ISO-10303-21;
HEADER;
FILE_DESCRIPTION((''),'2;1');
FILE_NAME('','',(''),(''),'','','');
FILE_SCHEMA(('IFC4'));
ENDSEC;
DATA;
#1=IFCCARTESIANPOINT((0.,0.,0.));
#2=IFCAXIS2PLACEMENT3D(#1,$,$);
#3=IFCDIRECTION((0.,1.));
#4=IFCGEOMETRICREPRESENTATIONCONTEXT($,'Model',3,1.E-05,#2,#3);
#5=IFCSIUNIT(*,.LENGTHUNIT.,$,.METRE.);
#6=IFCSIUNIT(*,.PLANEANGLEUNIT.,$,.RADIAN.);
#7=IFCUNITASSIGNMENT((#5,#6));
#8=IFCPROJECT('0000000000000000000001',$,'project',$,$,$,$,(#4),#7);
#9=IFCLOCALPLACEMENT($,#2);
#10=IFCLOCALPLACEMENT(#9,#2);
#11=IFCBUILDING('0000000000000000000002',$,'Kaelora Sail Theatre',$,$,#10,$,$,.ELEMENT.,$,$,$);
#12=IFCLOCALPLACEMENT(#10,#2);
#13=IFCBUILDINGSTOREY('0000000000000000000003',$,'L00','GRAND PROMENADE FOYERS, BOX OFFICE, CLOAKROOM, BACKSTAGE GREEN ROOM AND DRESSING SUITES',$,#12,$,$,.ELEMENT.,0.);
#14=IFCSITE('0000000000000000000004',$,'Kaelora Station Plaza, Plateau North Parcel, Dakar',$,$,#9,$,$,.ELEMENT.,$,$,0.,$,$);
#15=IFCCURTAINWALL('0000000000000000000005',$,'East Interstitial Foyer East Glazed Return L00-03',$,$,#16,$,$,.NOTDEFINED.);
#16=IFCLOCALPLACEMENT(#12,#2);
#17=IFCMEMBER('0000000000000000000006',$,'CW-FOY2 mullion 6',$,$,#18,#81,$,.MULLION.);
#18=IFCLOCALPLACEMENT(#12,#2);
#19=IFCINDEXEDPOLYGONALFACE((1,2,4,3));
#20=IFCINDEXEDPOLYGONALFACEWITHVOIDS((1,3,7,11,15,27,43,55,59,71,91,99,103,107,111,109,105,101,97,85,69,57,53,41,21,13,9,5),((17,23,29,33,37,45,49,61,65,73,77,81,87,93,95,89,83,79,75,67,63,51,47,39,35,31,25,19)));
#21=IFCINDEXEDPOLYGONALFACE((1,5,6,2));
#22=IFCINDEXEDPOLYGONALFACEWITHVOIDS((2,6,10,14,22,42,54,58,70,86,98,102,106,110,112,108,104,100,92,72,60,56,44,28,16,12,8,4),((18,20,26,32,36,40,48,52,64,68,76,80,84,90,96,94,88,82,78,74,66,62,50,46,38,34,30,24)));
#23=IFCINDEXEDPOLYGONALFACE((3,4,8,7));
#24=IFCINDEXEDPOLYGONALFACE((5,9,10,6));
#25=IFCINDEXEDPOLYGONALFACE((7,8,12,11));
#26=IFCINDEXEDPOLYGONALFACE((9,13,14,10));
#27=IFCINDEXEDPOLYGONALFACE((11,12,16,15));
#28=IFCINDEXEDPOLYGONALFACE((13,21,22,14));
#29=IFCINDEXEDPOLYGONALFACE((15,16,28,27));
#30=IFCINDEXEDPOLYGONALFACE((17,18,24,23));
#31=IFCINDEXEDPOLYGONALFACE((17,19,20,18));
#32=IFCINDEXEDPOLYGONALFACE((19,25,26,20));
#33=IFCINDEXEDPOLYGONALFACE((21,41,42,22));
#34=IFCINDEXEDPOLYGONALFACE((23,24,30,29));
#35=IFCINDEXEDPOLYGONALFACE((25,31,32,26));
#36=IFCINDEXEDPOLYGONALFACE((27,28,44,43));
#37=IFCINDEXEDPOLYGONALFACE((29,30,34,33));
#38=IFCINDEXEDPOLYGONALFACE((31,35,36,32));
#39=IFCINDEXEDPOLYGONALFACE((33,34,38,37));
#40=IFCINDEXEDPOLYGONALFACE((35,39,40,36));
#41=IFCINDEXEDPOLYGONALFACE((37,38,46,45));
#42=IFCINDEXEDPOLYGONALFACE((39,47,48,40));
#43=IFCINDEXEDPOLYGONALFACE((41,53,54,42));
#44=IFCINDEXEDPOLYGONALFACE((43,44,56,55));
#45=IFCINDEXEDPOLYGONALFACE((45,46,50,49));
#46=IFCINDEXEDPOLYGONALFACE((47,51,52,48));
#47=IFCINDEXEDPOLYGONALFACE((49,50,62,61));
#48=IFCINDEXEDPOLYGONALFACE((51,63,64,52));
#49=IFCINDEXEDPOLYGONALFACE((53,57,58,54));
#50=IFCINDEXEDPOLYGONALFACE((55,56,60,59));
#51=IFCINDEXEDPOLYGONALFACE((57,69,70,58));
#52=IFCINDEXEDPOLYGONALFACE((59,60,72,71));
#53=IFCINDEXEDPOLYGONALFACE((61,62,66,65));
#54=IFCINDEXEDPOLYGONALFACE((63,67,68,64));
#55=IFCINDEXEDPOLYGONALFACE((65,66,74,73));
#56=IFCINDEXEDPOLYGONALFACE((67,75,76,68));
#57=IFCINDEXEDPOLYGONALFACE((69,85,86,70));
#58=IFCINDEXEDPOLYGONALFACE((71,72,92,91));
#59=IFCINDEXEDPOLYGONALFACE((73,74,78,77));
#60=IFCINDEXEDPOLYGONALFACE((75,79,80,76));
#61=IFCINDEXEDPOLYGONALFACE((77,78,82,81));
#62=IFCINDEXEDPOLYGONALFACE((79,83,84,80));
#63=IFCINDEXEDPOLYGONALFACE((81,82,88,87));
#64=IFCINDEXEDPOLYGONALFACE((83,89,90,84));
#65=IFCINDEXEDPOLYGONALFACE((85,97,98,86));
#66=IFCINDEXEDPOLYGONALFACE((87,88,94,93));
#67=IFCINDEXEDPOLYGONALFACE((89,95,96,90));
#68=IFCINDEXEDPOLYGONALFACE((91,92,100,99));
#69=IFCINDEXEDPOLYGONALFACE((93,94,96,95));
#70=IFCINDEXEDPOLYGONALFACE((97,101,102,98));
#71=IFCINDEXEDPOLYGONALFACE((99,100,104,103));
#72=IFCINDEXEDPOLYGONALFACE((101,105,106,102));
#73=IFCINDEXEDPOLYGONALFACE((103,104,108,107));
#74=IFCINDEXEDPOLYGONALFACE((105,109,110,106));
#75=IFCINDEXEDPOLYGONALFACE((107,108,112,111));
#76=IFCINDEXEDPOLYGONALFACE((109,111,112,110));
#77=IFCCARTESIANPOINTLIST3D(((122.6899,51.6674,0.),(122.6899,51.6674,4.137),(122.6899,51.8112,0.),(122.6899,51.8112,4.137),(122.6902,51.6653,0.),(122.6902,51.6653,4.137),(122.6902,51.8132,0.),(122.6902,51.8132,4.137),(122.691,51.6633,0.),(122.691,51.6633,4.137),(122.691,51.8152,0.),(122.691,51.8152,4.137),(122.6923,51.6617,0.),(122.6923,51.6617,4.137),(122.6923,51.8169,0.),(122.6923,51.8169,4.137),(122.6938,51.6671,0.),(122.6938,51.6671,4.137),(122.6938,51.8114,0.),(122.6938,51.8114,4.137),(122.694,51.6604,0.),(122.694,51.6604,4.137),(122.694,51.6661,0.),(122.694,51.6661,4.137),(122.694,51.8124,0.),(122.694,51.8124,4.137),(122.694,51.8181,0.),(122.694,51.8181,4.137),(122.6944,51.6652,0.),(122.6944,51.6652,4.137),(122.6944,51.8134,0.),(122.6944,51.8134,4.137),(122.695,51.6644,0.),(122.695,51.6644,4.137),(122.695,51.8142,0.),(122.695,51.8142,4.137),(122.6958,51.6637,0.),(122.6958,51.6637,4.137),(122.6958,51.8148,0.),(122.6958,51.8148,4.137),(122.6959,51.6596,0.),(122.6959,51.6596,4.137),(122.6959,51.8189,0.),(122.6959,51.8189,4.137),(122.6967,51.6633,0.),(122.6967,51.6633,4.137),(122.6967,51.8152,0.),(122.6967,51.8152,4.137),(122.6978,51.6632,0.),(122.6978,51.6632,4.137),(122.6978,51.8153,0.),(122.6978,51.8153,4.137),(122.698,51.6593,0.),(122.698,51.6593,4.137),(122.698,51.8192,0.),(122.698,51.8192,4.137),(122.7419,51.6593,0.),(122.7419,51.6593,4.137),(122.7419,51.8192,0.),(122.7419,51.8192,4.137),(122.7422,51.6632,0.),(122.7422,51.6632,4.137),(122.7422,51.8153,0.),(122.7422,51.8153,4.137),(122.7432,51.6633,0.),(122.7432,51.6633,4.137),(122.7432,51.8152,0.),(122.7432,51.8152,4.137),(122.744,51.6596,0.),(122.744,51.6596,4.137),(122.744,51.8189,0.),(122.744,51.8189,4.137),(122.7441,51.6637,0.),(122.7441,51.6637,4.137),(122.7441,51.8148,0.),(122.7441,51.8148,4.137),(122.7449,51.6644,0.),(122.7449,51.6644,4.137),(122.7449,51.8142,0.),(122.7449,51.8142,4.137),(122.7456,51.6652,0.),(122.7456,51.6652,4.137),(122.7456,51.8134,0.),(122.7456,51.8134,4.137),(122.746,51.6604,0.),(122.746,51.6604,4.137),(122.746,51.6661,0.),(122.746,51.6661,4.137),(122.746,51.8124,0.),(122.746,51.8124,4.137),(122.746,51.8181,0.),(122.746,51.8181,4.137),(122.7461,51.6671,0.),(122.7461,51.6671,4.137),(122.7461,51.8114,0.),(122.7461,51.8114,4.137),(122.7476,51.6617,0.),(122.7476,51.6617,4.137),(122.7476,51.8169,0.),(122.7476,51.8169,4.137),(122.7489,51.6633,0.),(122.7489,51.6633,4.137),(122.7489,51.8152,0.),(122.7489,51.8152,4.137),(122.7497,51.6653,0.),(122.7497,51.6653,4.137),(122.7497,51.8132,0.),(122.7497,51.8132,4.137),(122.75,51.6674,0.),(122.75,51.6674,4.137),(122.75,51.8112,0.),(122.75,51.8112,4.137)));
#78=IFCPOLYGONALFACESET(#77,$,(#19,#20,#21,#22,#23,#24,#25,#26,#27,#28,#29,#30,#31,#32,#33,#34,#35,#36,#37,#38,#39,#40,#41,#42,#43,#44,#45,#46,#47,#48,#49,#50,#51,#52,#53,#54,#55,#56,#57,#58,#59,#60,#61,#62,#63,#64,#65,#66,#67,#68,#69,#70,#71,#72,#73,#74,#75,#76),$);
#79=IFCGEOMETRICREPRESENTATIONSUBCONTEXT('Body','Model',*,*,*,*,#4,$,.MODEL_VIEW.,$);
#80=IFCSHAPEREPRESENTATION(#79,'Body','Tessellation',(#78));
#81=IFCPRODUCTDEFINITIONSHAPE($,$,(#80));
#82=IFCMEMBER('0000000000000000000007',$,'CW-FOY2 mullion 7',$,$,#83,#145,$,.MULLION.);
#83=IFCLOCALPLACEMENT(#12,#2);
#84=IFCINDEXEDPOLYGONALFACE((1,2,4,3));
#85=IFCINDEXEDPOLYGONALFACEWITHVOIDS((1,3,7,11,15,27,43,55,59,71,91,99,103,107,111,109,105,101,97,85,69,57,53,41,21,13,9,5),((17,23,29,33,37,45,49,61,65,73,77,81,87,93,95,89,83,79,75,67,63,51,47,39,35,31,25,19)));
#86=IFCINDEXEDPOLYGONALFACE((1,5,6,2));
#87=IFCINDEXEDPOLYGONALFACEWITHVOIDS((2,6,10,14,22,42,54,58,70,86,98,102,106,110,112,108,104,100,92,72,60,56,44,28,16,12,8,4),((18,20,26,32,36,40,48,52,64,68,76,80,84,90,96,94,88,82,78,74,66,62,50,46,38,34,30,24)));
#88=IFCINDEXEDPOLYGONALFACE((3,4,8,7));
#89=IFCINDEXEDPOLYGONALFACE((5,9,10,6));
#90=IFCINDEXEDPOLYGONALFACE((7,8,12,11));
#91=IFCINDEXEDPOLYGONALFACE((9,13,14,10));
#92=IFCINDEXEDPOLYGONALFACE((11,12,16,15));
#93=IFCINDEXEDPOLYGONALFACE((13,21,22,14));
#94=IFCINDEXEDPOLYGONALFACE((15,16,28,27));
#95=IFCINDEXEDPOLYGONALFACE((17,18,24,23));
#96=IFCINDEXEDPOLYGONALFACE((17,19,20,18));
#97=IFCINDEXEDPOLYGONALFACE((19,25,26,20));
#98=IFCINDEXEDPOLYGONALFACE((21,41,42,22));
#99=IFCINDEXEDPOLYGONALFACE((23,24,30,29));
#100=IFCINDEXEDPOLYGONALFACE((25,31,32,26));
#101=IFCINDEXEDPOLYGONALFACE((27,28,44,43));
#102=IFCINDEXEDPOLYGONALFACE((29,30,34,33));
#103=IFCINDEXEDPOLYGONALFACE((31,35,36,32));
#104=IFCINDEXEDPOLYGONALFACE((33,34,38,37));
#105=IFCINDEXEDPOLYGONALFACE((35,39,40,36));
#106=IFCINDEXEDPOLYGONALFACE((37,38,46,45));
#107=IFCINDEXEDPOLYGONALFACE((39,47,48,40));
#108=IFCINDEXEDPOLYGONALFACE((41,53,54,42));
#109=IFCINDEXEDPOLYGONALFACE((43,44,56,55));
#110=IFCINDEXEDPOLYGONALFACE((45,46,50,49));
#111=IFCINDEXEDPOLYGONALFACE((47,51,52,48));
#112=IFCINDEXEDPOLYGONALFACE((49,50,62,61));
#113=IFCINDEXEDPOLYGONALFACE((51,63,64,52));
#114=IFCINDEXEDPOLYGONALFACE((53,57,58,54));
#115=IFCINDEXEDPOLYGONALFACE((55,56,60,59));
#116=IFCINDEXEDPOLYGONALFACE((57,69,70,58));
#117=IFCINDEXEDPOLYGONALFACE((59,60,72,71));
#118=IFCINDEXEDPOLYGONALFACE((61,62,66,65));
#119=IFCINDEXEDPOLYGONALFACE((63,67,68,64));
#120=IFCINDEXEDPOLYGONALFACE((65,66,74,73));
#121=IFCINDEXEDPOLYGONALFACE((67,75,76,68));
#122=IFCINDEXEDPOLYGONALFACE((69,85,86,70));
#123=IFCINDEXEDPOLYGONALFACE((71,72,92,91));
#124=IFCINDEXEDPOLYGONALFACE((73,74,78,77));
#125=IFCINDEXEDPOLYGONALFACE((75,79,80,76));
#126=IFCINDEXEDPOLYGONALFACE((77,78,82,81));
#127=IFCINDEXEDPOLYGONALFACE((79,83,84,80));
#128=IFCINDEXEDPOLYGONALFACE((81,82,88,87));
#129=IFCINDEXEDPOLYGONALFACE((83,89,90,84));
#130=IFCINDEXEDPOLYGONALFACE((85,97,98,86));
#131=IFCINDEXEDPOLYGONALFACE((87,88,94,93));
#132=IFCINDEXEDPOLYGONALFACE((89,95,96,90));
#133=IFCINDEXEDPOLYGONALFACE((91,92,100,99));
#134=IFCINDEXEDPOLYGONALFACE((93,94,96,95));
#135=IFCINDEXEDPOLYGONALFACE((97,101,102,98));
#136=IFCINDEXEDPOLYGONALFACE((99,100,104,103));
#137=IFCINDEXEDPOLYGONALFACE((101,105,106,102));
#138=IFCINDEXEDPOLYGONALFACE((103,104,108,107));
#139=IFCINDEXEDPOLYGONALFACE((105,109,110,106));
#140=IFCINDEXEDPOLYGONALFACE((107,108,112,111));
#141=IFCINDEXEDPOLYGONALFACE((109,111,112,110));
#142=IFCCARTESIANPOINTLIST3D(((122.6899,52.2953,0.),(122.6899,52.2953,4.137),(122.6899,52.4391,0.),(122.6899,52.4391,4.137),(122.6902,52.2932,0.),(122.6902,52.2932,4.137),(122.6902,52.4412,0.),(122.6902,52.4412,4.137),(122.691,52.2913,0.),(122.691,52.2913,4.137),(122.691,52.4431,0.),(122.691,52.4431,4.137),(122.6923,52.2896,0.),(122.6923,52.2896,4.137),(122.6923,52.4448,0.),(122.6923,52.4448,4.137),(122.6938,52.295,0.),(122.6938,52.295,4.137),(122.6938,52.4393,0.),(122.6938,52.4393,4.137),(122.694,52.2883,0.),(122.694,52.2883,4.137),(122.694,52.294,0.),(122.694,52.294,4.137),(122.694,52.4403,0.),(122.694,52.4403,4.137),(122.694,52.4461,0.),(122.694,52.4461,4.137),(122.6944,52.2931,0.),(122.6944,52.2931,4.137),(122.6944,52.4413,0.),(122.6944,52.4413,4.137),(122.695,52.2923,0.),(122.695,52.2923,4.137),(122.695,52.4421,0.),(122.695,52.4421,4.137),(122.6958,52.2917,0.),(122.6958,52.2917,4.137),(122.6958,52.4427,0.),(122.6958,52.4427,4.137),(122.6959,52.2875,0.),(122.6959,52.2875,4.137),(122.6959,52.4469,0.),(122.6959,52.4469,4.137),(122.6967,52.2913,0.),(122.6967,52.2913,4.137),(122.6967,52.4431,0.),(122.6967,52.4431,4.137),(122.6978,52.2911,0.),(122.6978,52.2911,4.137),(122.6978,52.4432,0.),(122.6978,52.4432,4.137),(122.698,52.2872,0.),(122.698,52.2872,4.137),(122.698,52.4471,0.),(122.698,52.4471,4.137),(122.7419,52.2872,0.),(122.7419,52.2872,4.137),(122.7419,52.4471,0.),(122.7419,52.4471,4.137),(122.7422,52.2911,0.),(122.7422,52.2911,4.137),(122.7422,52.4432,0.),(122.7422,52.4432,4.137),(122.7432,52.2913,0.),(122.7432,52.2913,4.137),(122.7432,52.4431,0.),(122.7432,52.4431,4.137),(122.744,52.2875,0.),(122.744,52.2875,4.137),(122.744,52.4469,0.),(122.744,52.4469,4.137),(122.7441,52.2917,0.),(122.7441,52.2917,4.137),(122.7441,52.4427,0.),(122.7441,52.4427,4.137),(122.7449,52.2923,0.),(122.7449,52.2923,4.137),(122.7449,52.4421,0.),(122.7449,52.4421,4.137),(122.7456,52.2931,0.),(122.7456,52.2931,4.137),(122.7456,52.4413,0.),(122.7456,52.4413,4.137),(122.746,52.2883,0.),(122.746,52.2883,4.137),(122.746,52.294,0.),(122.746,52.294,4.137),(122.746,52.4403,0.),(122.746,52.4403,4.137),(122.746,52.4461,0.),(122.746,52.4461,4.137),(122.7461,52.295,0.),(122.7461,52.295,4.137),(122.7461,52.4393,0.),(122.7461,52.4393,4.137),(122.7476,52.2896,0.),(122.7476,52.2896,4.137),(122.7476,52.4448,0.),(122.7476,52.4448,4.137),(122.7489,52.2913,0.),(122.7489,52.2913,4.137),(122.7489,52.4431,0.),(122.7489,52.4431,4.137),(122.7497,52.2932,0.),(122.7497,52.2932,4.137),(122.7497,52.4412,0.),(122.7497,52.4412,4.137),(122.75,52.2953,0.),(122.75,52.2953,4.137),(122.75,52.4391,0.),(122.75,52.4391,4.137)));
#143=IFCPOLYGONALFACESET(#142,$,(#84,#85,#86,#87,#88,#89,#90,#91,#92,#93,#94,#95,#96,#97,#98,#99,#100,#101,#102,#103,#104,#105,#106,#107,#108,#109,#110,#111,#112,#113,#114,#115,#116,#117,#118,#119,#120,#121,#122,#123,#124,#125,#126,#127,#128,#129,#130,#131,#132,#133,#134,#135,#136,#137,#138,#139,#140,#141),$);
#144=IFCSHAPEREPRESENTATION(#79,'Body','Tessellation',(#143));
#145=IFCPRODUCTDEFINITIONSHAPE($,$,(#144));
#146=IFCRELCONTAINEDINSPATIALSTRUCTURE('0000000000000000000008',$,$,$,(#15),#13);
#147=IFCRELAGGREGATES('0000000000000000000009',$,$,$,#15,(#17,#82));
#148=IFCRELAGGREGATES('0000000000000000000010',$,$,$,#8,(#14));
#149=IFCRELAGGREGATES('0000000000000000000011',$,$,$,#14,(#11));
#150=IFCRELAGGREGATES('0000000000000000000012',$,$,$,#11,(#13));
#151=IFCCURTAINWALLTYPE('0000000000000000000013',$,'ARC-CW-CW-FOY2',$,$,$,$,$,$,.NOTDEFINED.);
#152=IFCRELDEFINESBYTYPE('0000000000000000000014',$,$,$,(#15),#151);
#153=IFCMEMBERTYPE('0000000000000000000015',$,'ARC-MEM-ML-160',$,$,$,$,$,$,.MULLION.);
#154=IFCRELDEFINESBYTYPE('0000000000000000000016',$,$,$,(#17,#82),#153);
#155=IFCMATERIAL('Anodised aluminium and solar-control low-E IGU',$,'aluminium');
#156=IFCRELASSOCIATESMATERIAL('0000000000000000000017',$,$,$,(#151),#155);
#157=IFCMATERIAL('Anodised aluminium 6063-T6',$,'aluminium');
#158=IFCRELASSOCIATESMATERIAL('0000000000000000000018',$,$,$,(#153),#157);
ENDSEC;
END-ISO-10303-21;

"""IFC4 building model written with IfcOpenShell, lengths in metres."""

from ifc_helpers import new_model, si_unit, direction, frame, origin, origin_2d, place, context, subcontext, project, spatial, hollow_rectangle, extrude, material, material_profile, profile_set, type_object, element, aggregate, save


model = new_model("IFC4")

# Units and contexts
model_context = context("Model", 3, precision=1e-05, world=origin(), true_north=direction((0.0, 1.0)))
body_context = subcontext(model_context, "Body", "Model", "MODEL_VIEW")
ifc_project = project(units=[si_unit("LENGTHUNIT", "METRE"), si_unit("PLANEANGLEUNIT", "RADIAN")], contexts=[model_context])

# Site, building, storey
site_placement = place(None, origin())
site = spatial("IfcSite", under=ifc_project, at=site_placement, Name="Kaelora Station Plaza, Plateau North Parcel, Dakar", CompositionType="ELEMENT", RefElevation=0.0)
building_placement = place(site_placement, origin())
building = spatial("IfcBuilding", under=site, at=building_placement, Name="Kaelora Sail Theatre", CompositionType="ELEMENT")
storey_placement = place(building_placement, origin())
storey = spatial("IfcBuildingStorey", under=building, at=storey_placement, Name="L00", Description="GRAND PROMENADE FOYERS, BOX OFFICE, CLOAKROOM, BACKSTAGE GREEN ROOM AND DRESSING SUITES", CompositionType="ELEMENT", Elevation=0.0)

# Curtain wall, members
ifc_material_1 = material(Name="Anodised aluminium and solar-control low-E IGU", Category="aluminium")
curtain_wall_type = type_object("IfcCurtainWallType", Name="ARC-CW-CW-FOY2", PredefinedType="NOTDEFINED", material=ifc_material_1)
curtain_wall_placement = place(storey_placement, origin())
curtain_wall = element("IfcCurtainWall", 1, at=curtain_wall_placement, inside=storey, type_object=curtain_wall_type, Name="East Interstitial Foyer East Glazed Return L00-03", PredefinedType="NOTDEFINED")
ifc_material_2 = material(Name="Anodised aluminium 6063-T6", Category="aluminium")
ifc_material_profile_1 = material_profile(ifc_material_2, hollow_rectangle(XDim=0.0601, YDim=0.1599, WallThickness=0.0039, InnerFilletRadius=0.0039, OuterFilletRadius=0.0081, at=origin_2d()), Name="ALU-MULL 60x160x4")
ifc_profile_set_1 = profile_set([ifc_material_profile_1], Name="Anodised aluminium 6063-T6")
member_type_1 = type_object("IfcMemberType", Name="ARC-MEM-ML-160", PredefinedType="MULLION", material=ifc_profile_set_1)
member_1_placement = place(storey_placement, frame((122.72, 51.7393, 0.0), z_axis=(0.0, 0.0, 1.0), x_axis=(-1.0, 0.0, 0.0)))
member_1 = element("IfcMember", 2, at=member_1_placement, type_object=member_type_1, Name="CW-FOY2 mullion 6", PredefinedType="MULLION", context=body_context, shape_type="SweptSolid", body=[
    extrude(hollow_rectangle(XDim=0.0601, YDim=0.1599, WallThickness=0.0039, InnerFilletRadius=0.0039, OuterFilletRadius=0.0081, at=origin_2d()), origin(), (0.0, 0.0, 1.0), 4.137),
])
member_2_placement = place(storey_placement, frame((122.72, 52.3672, 0.0), z_axis=(0.0, 0.0, 1.0), x_axis=(-1.0, 0.0, 0.0)))
member_2 = element("IfcMember", 3, at=member_2_placement, type_object=member_type_1, Name="CW-FOY2 mullion 7", PredefinedType="MULLION", context=body_context, shape_type="SweptSolid", body=[
    extrude(hollow_rectangle(XDim=0.0601, YDim=0.1599, WallThickness=0.0039, InnerFilletRadius=0.0039, OuterFilletRadius=0.0081, at=origin_2d()), origin(), (0.0, 0.0, 1.0), 4.137),
])
aggregate(curtain_wall, [member_1, member_2])

save(model, "model.ifc")
